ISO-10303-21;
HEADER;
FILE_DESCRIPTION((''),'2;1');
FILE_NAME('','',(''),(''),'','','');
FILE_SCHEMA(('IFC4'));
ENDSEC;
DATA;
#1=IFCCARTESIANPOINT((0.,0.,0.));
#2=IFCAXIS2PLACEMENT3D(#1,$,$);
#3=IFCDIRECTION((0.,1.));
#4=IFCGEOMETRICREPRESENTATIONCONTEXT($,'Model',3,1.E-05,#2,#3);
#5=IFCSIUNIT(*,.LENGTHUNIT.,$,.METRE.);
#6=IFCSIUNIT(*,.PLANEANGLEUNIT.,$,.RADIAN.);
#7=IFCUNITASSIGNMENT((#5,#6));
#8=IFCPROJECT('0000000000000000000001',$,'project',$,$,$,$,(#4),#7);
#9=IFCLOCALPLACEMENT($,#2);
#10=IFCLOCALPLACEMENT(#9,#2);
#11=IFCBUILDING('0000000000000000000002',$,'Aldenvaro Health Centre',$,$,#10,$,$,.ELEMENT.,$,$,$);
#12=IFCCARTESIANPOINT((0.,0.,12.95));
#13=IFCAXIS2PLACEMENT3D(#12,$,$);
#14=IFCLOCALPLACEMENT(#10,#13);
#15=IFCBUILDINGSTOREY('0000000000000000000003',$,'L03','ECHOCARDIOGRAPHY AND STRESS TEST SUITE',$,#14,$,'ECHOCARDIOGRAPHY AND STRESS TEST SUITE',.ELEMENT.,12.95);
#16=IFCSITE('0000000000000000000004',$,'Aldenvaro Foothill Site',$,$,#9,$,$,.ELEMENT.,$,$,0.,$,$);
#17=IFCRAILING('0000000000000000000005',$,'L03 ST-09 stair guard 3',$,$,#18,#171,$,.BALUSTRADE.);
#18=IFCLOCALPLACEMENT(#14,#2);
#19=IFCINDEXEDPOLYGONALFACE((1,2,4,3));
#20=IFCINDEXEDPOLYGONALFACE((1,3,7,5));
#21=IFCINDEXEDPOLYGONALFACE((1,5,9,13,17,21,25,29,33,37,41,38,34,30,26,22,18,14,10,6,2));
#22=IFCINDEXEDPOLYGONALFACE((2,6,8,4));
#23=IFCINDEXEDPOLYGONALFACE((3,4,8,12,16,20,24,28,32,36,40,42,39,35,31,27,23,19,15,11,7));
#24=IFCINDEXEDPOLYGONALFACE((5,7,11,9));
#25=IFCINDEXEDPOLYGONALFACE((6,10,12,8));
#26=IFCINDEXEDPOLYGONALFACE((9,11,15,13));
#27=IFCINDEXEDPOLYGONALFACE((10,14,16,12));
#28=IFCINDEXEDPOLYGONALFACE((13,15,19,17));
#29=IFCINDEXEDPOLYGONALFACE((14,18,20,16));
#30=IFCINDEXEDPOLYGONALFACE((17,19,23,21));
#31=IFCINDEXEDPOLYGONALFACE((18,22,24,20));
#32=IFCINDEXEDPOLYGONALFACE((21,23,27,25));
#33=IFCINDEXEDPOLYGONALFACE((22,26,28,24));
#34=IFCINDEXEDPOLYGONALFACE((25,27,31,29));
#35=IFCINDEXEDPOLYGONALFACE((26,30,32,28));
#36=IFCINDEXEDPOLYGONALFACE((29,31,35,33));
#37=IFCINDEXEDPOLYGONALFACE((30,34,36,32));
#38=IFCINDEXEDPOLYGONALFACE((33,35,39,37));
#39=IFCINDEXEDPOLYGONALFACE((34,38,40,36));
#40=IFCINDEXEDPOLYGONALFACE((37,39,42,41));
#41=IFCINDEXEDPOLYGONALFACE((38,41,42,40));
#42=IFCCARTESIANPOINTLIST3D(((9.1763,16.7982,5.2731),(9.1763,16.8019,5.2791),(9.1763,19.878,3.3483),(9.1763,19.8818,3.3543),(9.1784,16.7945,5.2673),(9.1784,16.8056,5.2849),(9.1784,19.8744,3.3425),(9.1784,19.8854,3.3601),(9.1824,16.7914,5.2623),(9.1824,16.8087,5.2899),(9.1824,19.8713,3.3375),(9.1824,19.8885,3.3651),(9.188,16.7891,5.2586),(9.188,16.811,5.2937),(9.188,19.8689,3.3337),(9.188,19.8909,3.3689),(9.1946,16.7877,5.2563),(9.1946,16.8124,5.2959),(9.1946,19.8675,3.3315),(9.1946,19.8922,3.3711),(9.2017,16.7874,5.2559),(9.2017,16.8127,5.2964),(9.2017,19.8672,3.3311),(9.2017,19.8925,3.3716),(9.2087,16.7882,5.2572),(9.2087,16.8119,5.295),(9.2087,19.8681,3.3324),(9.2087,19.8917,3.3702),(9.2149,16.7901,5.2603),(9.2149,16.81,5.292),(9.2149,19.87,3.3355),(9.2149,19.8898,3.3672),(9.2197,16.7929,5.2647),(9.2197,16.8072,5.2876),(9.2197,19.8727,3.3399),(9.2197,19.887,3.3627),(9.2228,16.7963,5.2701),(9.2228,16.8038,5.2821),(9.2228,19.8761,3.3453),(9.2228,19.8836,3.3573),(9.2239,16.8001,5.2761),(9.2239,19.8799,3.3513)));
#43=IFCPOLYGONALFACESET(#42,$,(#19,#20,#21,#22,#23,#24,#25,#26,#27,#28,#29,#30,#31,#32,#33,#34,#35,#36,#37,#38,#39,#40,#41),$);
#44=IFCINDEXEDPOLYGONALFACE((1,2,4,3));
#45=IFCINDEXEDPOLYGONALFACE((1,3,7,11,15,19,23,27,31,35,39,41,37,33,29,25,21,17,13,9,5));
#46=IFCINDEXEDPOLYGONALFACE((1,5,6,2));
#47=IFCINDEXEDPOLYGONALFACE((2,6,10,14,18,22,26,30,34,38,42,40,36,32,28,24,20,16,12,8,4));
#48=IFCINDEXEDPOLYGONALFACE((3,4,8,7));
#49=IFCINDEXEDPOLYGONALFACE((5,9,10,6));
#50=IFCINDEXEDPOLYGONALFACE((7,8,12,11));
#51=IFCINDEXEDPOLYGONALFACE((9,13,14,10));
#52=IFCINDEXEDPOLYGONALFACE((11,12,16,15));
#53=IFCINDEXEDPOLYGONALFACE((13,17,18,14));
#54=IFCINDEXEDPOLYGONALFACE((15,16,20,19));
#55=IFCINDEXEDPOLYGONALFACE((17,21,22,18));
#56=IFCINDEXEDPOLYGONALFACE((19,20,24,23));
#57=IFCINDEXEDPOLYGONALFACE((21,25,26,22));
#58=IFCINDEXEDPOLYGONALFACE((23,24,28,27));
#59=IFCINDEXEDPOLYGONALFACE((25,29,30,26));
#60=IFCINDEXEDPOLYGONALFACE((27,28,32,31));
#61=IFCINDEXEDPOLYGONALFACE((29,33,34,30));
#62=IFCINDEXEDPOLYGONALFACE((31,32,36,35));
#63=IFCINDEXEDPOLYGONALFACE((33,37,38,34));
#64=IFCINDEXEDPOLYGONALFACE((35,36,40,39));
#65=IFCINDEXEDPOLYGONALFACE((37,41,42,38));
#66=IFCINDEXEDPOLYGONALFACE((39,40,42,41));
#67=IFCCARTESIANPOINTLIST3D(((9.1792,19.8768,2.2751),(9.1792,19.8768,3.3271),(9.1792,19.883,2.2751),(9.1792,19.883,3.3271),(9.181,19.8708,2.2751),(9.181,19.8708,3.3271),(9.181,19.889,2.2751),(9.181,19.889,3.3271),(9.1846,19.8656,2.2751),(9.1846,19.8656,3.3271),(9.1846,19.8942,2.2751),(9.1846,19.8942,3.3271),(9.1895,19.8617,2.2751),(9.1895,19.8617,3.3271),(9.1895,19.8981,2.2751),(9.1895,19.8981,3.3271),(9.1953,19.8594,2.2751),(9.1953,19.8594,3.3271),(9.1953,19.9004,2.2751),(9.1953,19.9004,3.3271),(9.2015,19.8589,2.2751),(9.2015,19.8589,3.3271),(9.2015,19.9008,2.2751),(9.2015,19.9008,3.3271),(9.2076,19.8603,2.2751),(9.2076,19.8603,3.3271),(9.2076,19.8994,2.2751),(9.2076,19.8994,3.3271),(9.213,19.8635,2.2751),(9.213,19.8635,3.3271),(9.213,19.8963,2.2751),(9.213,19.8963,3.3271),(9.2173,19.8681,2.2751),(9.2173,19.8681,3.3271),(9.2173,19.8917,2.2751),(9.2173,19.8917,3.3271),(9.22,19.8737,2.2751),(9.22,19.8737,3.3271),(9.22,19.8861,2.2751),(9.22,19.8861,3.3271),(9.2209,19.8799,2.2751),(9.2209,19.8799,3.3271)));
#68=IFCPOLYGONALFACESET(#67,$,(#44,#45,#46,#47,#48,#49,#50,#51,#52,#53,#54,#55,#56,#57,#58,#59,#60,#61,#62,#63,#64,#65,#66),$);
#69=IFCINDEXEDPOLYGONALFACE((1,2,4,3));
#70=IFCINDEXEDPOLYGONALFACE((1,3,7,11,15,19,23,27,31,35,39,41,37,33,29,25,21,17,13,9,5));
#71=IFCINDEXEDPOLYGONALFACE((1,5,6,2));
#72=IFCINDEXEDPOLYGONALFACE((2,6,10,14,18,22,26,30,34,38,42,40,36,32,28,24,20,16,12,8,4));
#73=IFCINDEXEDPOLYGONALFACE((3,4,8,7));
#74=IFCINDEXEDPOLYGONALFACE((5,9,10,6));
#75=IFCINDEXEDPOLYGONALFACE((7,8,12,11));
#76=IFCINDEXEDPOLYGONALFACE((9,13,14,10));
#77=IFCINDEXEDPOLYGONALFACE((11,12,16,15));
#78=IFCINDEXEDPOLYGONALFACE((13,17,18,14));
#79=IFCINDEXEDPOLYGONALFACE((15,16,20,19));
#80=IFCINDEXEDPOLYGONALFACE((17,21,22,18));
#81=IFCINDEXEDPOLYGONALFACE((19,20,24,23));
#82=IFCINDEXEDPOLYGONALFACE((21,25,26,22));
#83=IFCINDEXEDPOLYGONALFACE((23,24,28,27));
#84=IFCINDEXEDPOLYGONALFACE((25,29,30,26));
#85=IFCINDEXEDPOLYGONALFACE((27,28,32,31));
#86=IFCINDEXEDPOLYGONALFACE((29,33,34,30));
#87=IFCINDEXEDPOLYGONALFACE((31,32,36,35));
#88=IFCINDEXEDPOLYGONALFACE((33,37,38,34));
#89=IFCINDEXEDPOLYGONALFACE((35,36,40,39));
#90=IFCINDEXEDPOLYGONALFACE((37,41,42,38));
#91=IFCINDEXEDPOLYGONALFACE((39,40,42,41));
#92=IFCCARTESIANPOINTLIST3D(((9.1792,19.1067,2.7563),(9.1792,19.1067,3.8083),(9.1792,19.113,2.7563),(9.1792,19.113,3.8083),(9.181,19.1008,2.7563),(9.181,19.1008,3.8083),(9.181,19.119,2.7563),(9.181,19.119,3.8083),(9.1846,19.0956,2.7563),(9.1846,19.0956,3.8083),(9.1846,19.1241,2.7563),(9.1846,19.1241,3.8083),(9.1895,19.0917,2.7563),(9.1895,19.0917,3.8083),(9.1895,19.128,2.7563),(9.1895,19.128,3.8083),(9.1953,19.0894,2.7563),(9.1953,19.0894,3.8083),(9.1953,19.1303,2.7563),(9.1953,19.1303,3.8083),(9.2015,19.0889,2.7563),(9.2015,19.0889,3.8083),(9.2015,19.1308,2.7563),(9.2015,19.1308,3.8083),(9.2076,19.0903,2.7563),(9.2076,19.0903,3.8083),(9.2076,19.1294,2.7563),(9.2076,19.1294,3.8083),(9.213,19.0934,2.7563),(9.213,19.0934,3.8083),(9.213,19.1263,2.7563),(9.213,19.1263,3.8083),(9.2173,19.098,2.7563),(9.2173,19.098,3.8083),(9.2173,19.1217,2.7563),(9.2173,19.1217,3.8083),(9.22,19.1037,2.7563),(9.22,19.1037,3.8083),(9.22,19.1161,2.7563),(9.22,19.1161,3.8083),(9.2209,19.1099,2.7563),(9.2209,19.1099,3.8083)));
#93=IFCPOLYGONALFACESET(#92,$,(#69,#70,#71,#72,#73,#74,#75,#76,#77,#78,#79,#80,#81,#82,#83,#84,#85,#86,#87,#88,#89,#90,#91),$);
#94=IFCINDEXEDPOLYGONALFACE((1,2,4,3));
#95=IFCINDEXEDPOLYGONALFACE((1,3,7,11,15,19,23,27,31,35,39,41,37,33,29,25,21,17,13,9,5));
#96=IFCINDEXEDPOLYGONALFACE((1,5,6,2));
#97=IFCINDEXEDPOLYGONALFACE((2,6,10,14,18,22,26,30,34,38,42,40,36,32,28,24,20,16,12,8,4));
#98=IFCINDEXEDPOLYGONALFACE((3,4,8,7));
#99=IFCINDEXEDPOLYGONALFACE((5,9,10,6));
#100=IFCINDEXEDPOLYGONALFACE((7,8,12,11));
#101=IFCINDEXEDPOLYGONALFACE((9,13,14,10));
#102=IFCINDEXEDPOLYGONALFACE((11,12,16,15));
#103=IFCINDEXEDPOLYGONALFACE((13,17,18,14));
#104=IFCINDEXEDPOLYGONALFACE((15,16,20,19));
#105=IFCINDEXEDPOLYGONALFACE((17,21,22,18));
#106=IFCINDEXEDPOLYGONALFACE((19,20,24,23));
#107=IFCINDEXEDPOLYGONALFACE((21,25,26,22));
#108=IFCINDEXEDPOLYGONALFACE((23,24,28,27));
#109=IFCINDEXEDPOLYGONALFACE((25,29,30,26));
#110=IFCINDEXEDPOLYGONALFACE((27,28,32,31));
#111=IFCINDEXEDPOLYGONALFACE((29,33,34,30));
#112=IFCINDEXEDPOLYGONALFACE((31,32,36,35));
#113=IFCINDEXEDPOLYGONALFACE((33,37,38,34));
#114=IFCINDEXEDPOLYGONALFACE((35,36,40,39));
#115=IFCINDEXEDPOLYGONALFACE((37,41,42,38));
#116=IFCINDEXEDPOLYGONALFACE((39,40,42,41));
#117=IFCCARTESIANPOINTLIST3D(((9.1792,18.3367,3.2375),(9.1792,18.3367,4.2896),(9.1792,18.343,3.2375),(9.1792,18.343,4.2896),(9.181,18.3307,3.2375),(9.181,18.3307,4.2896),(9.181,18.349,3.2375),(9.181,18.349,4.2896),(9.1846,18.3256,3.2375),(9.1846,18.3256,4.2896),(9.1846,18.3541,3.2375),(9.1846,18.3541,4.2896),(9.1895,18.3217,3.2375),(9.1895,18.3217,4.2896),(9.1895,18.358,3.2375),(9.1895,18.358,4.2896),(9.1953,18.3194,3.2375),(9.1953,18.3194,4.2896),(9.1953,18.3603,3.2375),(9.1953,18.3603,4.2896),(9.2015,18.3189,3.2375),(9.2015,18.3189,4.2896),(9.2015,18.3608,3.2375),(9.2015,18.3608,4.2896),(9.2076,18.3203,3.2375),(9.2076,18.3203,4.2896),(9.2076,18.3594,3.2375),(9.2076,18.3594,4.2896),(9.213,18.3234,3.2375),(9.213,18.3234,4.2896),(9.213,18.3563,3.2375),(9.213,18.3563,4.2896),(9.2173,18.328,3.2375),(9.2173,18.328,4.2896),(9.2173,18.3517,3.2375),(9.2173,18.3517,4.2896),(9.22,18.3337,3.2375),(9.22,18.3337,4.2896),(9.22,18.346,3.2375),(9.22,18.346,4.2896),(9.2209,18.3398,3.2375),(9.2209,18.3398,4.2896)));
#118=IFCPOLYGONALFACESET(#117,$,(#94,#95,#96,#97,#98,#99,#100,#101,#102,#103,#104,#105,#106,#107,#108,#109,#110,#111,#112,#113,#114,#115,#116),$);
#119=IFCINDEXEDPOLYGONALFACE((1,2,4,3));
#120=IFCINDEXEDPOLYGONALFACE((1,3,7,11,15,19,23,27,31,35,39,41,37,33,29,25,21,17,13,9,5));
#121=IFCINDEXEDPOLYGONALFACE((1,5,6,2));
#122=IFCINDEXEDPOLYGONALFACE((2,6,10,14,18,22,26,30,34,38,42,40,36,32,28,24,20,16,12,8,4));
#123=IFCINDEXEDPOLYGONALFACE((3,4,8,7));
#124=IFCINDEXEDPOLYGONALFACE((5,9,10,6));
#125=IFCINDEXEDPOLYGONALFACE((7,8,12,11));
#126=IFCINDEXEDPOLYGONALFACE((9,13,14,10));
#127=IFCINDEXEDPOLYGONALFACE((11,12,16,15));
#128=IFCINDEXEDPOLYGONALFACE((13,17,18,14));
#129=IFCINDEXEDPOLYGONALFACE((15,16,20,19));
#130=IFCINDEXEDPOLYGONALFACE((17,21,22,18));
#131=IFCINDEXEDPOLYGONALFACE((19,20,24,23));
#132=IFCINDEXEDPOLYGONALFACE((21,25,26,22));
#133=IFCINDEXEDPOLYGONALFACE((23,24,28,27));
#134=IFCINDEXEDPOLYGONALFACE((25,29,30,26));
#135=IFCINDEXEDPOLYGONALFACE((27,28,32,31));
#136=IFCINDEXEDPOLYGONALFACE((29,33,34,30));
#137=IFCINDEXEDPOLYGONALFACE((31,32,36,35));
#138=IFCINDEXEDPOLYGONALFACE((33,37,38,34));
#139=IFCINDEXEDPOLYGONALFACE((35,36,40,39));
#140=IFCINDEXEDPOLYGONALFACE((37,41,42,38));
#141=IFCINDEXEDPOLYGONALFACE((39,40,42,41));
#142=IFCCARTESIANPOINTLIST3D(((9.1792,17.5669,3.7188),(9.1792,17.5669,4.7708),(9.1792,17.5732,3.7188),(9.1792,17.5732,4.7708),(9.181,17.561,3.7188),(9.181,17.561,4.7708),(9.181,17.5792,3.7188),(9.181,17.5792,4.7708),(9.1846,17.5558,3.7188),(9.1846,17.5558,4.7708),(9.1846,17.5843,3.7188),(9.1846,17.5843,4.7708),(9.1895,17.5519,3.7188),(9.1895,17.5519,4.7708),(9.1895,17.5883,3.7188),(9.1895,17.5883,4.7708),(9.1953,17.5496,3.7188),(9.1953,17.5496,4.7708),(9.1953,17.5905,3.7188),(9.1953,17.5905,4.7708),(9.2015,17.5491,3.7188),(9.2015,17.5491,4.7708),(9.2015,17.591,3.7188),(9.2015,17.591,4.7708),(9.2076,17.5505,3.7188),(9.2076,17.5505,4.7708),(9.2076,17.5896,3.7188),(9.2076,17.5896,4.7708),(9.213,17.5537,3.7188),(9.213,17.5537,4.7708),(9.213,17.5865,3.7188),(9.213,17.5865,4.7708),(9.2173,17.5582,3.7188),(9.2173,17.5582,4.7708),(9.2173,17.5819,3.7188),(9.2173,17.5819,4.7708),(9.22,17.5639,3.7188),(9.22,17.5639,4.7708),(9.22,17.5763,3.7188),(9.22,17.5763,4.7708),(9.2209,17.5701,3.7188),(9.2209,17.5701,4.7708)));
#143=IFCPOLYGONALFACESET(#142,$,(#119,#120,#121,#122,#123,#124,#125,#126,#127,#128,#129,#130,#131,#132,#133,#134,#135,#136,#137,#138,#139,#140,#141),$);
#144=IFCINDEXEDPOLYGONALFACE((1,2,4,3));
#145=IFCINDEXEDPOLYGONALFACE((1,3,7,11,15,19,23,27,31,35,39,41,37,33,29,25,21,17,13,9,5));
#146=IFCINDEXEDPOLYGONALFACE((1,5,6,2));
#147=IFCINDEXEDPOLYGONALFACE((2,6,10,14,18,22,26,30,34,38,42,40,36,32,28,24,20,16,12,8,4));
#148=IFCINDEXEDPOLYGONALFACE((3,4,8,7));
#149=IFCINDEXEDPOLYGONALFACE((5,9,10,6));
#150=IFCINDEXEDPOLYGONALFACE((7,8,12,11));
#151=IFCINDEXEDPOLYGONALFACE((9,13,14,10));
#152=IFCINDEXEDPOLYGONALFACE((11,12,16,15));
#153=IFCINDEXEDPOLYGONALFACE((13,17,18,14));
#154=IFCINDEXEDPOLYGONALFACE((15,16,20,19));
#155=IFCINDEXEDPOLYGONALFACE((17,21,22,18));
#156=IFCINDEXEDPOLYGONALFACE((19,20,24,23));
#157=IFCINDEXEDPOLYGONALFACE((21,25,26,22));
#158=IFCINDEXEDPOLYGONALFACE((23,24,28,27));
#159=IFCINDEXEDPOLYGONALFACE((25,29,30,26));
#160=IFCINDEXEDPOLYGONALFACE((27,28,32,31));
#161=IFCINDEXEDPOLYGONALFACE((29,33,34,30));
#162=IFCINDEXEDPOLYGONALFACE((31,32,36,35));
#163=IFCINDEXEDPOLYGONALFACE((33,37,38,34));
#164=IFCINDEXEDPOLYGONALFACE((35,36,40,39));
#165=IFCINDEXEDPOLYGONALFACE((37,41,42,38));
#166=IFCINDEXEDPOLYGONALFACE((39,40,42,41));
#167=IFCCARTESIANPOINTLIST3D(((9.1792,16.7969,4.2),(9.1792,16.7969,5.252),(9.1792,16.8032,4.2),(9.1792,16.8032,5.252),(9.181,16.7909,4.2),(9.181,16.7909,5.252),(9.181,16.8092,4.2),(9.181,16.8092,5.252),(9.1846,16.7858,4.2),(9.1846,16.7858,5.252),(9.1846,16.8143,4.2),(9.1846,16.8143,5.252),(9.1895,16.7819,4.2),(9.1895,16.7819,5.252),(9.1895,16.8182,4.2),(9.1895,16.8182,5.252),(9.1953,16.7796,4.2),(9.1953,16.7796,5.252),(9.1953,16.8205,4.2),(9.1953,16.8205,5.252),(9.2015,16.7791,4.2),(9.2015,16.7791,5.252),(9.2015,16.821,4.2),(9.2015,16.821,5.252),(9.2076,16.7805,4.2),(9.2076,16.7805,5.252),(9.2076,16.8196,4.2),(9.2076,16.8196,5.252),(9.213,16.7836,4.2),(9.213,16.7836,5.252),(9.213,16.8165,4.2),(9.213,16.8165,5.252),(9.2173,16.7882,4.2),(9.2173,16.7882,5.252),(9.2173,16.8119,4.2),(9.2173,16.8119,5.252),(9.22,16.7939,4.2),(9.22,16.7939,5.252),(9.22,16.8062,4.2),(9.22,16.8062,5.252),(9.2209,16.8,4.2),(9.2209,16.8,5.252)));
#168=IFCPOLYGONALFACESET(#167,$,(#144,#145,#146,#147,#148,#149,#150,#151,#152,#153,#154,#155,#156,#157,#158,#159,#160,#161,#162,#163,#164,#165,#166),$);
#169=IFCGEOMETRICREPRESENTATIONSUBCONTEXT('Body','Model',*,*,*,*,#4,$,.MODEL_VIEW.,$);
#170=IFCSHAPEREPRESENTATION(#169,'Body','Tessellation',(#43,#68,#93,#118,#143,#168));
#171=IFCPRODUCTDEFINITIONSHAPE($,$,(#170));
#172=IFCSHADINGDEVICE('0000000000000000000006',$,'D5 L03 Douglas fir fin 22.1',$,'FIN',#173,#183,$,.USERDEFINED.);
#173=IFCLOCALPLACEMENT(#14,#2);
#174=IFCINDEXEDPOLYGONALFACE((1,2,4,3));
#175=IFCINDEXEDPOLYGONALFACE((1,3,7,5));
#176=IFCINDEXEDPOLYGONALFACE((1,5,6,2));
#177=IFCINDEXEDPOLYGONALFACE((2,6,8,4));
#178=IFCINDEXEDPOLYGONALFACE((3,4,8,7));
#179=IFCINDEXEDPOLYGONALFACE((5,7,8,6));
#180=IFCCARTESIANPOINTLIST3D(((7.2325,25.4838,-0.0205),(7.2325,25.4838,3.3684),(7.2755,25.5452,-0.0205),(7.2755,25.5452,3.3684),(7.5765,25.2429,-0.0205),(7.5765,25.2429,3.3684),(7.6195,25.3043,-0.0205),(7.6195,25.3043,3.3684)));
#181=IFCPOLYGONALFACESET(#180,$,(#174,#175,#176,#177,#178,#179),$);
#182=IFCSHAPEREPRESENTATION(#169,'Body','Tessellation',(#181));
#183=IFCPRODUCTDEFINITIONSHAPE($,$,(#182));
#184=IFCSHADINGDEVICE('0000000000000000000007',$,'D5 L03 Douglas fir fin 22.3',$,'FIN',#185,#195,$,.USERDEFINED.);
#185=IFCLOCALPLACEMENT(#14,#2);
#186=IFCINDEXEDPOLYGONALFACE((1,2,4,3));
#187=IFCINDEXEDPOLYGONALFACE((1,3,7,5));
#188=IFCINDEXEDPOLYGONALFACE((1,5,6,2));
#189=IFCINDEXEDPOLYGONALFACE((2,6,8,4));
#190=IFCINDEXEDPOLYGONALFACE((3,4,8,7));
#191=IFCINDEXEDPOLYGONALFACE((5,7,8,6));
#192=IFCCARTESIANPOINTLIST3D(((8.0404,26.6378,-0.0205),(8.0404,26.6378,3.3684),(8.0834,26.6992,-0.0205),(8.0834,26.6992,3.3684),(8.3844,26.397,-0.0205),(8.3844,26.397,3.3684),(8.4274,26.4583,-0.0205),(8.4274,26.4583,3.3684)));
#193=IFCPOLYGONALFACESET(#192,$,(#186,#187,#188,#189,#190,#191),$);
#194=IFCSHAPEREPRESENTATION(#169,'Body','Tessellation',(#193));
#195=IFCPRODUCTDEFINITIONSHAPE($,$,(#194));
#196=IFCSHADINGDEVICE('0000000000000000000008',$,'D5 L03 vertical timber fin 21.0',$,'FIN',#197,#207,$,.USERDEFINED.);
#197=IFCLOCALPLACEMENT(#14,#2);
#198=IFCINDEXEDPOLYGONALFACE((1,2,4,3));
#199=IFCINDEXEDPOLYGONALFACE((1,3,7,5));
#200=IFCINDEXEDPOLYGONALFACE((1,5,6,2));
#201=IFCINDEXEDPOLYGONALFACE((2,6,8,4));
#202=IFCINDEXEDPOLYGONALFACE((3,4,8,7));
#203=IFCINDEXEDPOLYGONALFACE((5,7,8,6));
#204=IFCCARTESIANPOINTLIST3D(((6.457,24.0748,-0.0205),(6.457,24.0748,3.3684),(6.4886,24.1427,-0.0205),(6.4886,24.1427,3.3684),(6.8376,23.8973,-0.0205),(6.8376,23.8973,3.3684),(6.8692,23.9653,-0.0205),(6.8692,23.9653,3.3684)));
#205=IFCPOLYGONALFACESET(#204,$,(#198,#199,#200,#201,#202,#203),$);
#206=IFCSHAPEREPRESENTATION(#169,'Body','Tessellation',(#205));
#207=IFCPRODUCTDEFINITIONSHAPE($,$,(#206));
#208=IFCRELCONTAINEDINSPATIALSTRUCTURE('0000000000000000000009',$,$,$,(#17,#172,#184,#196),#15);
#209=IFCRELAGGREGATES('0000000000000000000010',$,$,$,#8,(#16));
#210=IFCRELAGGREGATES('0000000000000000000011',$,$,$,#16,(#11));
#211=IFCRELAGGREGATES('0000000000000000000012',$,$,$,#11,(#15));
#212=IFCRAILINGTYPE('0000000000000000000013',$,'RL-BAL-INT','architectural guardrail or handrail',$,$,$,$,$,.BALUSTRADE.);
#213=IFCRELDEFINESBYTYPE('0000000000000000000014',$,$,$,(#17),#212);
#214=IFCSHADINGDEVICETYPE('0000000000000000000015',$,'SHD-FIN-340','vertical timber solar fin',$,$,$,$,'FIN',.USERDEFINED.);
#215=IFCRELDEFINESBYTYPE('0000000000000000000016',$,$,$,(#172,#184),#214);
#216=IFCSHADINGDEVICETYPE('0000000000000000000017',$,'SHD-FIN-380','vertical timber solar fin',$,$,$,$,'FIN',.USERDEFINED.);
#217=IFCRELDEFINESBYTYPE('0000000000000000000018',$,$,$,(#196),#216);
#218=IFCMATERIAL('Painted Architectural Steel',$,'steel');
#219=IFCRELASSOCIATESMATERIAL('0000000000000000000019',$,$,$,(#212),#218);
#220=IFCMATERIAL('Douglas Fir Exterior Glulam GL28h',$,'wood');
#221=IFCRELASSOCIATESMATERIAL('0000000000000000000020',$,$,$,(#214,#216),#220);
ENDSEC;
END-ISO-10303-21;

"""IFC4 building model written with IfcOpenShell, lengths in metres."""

from ifc_helpers import new_model, si_unit, direction, frame, origin, origin_2d, place, context, subcontext, project, spatial, rectangle, circle, extrude, material, type_object, element, save


model = new_model("IFC4")

# Units and contexts
model_context = context("Model", 3, precision=1e-05, world=origin(), true_north=direction((0.0, 1.0)))
body_context = subcontext(model_context, "Body", "Model", "MODEL_VIEW")
ifc_project = project(units=[si_unit("LENGTHUNIT", "METRE"), si_unit("PLANEANGLEUNIT", "RADIAN")], contexts=[model_context])

# Site, building, storey
site_placement = place(None, origin())
site = spatial("IfcSite", under=ifc_project, at=site_placement, Name="Aldenvaro Foothill Site", CompositionType="ELEMENT", RefElevation=0.0)
building_placement = place(site_placement, origin())
building = spatial("IfcBuilding", under=site, at=building_placement, Name="Aldenvaro Health Centre", CompositionType="ELEMENT")
storey_placement = place(building_placement, frame((0.0, 0.0, 12.95)))
storey = spatial("IfcBuildingStorey", under=building, at=storey_placement, Name="L03", Description="ECHOCARDIOGRAPHY AND STRESS TEST SUITE", LongName="ECHOCARDIOGRAPHY AND STRESS TEST SUITE", CompositionType="ELEMENT", Elevation=12.95)

# Railing
ifc_material_1 = material(Name="Painted Architectural Steel", Category="steel")
railing_type = type_object("IfcRailingType", Name="RL-BAL-INT", Description="architectural guardrail or handrail", PredefinedType="BALUSTRADE", material=ifc_material_1)
railing_1_placement = place(storey_placement, frame((9.2, 19.8799, 2.2751)))
element("IfcRailing", 1, at=railing_1_placement, inside=storey, type_object=railing_type, Name="L03 ST-09 stair guard 3", PredefinedType="BALUSTRADE", context=body_context, shape_type="SweptSolid", body=[
    extrude(circle(Radius=0.0239, at=origin_2d()), frame((0.0, 0.0, 1.0762), z_axis=(0.0, -0.84801, 0.529981), x_axis=(1.0, 0.0, 0.0)), (0.0, 0.0, 1.0), 3.6318),
    extrude(circle(Radius=0.021, at=origin_2d()), origin(), (0.0, 0.0, 1.0), 1.052),
    extrude(circle(Radius=0.021, at=origin_2d()), frame((0.0, -0.77, 0.4812)), (0.0, 0.0, 1.0), 1.052),
    extrude(circle(Radius=0.021, at=origin_2d()), frame((0.0, -1.54, 0.9624)), (0.0, 0.0, 1.0), 1.052),
    extrude(circle(Radius=0.021, at=origin_2d()), frame((0.0, -2.3098, 1.4436)), (0.0, 0.0, 1.0), 1.052),
    extrude(circle(Radius=0.021, at=origin_2d()), frame((0.0, -3.0798, 1.9248)), (0.0, 0.0, 1.0), 1.052),
])

# Shading devices
ifc_material_2 = material(Name="Douglas Fir Exterior Glulam GL28h", Category="wood")
shading_device_type_1 = type_object("IfcShadingDeviceType", Name="SHD-FIN-340", Description="vertical timber solar fin", ElementType="FIN", PredefinedType="USERDEFINED", material=ifc_material_2)
for number, where, z_axis, x_axis, name in (
    (2, (7.426, 25.394, -0.0205), (0.0, 0.0, 1.0), (0.573641, 0.819107, 0.0), "D5 L03 Douglas fir fin 22.1"),
    (3, (8.2339, 26.5481, -0.0205), (0.0, 0.0, 1.0), (0.573641, 0.819107, 0.0), "D5 L03 Douglas fir fin 22.3"),
):
    element("IfcShadingDevice", number, at=place(storey_placement, frame(where, z_axis=z_axis, x_axis=x_axis)), inside=storey, type_object=shading_device_type_1, Name=name, ObjectType="FIN", PredefinedType="USERDEFINED", context=body_context, shape_type="SweptSolid", body=[
        extrude(rectangle(XDim=0.075, YDim=0.4199, at=origin_2d()), origin(), (0.0, 0.0, 1.0), 3.3889),
    ])
shading_device_type_2 = type_object("IfcShadingDeviceType", Name="SHD-FIN-380", Description="vertical timber solar fin", ElementType="FIN", PredefinedType="USERDEFINED", material=ifc_material_2)
shading_device_1_placement = place(storey_placement, frame((6.6631, 24.02, -0.0205), z_axis=(0.0, 0.0, 1.0), x_axis=(0.422496, 0.906365, 0.0)))
element("IfcShadingDevice", 4, at=shading_device_1_placement, inside=storey, type_object=shading_device_type_2, Name="D5 L03 vertical timber fin 21.0", ObjectType="FIN", PredefinedType="USERDEFINED", context=body_context, shape_type="SweptSolid", body=[
    extrude(rectangle(XDim=0.075, YDim=0.4199, at=origin_2d()), origin(), (0.0, 0.0, 1.0), 3.3889),
])

save(model, "model.ifc")
